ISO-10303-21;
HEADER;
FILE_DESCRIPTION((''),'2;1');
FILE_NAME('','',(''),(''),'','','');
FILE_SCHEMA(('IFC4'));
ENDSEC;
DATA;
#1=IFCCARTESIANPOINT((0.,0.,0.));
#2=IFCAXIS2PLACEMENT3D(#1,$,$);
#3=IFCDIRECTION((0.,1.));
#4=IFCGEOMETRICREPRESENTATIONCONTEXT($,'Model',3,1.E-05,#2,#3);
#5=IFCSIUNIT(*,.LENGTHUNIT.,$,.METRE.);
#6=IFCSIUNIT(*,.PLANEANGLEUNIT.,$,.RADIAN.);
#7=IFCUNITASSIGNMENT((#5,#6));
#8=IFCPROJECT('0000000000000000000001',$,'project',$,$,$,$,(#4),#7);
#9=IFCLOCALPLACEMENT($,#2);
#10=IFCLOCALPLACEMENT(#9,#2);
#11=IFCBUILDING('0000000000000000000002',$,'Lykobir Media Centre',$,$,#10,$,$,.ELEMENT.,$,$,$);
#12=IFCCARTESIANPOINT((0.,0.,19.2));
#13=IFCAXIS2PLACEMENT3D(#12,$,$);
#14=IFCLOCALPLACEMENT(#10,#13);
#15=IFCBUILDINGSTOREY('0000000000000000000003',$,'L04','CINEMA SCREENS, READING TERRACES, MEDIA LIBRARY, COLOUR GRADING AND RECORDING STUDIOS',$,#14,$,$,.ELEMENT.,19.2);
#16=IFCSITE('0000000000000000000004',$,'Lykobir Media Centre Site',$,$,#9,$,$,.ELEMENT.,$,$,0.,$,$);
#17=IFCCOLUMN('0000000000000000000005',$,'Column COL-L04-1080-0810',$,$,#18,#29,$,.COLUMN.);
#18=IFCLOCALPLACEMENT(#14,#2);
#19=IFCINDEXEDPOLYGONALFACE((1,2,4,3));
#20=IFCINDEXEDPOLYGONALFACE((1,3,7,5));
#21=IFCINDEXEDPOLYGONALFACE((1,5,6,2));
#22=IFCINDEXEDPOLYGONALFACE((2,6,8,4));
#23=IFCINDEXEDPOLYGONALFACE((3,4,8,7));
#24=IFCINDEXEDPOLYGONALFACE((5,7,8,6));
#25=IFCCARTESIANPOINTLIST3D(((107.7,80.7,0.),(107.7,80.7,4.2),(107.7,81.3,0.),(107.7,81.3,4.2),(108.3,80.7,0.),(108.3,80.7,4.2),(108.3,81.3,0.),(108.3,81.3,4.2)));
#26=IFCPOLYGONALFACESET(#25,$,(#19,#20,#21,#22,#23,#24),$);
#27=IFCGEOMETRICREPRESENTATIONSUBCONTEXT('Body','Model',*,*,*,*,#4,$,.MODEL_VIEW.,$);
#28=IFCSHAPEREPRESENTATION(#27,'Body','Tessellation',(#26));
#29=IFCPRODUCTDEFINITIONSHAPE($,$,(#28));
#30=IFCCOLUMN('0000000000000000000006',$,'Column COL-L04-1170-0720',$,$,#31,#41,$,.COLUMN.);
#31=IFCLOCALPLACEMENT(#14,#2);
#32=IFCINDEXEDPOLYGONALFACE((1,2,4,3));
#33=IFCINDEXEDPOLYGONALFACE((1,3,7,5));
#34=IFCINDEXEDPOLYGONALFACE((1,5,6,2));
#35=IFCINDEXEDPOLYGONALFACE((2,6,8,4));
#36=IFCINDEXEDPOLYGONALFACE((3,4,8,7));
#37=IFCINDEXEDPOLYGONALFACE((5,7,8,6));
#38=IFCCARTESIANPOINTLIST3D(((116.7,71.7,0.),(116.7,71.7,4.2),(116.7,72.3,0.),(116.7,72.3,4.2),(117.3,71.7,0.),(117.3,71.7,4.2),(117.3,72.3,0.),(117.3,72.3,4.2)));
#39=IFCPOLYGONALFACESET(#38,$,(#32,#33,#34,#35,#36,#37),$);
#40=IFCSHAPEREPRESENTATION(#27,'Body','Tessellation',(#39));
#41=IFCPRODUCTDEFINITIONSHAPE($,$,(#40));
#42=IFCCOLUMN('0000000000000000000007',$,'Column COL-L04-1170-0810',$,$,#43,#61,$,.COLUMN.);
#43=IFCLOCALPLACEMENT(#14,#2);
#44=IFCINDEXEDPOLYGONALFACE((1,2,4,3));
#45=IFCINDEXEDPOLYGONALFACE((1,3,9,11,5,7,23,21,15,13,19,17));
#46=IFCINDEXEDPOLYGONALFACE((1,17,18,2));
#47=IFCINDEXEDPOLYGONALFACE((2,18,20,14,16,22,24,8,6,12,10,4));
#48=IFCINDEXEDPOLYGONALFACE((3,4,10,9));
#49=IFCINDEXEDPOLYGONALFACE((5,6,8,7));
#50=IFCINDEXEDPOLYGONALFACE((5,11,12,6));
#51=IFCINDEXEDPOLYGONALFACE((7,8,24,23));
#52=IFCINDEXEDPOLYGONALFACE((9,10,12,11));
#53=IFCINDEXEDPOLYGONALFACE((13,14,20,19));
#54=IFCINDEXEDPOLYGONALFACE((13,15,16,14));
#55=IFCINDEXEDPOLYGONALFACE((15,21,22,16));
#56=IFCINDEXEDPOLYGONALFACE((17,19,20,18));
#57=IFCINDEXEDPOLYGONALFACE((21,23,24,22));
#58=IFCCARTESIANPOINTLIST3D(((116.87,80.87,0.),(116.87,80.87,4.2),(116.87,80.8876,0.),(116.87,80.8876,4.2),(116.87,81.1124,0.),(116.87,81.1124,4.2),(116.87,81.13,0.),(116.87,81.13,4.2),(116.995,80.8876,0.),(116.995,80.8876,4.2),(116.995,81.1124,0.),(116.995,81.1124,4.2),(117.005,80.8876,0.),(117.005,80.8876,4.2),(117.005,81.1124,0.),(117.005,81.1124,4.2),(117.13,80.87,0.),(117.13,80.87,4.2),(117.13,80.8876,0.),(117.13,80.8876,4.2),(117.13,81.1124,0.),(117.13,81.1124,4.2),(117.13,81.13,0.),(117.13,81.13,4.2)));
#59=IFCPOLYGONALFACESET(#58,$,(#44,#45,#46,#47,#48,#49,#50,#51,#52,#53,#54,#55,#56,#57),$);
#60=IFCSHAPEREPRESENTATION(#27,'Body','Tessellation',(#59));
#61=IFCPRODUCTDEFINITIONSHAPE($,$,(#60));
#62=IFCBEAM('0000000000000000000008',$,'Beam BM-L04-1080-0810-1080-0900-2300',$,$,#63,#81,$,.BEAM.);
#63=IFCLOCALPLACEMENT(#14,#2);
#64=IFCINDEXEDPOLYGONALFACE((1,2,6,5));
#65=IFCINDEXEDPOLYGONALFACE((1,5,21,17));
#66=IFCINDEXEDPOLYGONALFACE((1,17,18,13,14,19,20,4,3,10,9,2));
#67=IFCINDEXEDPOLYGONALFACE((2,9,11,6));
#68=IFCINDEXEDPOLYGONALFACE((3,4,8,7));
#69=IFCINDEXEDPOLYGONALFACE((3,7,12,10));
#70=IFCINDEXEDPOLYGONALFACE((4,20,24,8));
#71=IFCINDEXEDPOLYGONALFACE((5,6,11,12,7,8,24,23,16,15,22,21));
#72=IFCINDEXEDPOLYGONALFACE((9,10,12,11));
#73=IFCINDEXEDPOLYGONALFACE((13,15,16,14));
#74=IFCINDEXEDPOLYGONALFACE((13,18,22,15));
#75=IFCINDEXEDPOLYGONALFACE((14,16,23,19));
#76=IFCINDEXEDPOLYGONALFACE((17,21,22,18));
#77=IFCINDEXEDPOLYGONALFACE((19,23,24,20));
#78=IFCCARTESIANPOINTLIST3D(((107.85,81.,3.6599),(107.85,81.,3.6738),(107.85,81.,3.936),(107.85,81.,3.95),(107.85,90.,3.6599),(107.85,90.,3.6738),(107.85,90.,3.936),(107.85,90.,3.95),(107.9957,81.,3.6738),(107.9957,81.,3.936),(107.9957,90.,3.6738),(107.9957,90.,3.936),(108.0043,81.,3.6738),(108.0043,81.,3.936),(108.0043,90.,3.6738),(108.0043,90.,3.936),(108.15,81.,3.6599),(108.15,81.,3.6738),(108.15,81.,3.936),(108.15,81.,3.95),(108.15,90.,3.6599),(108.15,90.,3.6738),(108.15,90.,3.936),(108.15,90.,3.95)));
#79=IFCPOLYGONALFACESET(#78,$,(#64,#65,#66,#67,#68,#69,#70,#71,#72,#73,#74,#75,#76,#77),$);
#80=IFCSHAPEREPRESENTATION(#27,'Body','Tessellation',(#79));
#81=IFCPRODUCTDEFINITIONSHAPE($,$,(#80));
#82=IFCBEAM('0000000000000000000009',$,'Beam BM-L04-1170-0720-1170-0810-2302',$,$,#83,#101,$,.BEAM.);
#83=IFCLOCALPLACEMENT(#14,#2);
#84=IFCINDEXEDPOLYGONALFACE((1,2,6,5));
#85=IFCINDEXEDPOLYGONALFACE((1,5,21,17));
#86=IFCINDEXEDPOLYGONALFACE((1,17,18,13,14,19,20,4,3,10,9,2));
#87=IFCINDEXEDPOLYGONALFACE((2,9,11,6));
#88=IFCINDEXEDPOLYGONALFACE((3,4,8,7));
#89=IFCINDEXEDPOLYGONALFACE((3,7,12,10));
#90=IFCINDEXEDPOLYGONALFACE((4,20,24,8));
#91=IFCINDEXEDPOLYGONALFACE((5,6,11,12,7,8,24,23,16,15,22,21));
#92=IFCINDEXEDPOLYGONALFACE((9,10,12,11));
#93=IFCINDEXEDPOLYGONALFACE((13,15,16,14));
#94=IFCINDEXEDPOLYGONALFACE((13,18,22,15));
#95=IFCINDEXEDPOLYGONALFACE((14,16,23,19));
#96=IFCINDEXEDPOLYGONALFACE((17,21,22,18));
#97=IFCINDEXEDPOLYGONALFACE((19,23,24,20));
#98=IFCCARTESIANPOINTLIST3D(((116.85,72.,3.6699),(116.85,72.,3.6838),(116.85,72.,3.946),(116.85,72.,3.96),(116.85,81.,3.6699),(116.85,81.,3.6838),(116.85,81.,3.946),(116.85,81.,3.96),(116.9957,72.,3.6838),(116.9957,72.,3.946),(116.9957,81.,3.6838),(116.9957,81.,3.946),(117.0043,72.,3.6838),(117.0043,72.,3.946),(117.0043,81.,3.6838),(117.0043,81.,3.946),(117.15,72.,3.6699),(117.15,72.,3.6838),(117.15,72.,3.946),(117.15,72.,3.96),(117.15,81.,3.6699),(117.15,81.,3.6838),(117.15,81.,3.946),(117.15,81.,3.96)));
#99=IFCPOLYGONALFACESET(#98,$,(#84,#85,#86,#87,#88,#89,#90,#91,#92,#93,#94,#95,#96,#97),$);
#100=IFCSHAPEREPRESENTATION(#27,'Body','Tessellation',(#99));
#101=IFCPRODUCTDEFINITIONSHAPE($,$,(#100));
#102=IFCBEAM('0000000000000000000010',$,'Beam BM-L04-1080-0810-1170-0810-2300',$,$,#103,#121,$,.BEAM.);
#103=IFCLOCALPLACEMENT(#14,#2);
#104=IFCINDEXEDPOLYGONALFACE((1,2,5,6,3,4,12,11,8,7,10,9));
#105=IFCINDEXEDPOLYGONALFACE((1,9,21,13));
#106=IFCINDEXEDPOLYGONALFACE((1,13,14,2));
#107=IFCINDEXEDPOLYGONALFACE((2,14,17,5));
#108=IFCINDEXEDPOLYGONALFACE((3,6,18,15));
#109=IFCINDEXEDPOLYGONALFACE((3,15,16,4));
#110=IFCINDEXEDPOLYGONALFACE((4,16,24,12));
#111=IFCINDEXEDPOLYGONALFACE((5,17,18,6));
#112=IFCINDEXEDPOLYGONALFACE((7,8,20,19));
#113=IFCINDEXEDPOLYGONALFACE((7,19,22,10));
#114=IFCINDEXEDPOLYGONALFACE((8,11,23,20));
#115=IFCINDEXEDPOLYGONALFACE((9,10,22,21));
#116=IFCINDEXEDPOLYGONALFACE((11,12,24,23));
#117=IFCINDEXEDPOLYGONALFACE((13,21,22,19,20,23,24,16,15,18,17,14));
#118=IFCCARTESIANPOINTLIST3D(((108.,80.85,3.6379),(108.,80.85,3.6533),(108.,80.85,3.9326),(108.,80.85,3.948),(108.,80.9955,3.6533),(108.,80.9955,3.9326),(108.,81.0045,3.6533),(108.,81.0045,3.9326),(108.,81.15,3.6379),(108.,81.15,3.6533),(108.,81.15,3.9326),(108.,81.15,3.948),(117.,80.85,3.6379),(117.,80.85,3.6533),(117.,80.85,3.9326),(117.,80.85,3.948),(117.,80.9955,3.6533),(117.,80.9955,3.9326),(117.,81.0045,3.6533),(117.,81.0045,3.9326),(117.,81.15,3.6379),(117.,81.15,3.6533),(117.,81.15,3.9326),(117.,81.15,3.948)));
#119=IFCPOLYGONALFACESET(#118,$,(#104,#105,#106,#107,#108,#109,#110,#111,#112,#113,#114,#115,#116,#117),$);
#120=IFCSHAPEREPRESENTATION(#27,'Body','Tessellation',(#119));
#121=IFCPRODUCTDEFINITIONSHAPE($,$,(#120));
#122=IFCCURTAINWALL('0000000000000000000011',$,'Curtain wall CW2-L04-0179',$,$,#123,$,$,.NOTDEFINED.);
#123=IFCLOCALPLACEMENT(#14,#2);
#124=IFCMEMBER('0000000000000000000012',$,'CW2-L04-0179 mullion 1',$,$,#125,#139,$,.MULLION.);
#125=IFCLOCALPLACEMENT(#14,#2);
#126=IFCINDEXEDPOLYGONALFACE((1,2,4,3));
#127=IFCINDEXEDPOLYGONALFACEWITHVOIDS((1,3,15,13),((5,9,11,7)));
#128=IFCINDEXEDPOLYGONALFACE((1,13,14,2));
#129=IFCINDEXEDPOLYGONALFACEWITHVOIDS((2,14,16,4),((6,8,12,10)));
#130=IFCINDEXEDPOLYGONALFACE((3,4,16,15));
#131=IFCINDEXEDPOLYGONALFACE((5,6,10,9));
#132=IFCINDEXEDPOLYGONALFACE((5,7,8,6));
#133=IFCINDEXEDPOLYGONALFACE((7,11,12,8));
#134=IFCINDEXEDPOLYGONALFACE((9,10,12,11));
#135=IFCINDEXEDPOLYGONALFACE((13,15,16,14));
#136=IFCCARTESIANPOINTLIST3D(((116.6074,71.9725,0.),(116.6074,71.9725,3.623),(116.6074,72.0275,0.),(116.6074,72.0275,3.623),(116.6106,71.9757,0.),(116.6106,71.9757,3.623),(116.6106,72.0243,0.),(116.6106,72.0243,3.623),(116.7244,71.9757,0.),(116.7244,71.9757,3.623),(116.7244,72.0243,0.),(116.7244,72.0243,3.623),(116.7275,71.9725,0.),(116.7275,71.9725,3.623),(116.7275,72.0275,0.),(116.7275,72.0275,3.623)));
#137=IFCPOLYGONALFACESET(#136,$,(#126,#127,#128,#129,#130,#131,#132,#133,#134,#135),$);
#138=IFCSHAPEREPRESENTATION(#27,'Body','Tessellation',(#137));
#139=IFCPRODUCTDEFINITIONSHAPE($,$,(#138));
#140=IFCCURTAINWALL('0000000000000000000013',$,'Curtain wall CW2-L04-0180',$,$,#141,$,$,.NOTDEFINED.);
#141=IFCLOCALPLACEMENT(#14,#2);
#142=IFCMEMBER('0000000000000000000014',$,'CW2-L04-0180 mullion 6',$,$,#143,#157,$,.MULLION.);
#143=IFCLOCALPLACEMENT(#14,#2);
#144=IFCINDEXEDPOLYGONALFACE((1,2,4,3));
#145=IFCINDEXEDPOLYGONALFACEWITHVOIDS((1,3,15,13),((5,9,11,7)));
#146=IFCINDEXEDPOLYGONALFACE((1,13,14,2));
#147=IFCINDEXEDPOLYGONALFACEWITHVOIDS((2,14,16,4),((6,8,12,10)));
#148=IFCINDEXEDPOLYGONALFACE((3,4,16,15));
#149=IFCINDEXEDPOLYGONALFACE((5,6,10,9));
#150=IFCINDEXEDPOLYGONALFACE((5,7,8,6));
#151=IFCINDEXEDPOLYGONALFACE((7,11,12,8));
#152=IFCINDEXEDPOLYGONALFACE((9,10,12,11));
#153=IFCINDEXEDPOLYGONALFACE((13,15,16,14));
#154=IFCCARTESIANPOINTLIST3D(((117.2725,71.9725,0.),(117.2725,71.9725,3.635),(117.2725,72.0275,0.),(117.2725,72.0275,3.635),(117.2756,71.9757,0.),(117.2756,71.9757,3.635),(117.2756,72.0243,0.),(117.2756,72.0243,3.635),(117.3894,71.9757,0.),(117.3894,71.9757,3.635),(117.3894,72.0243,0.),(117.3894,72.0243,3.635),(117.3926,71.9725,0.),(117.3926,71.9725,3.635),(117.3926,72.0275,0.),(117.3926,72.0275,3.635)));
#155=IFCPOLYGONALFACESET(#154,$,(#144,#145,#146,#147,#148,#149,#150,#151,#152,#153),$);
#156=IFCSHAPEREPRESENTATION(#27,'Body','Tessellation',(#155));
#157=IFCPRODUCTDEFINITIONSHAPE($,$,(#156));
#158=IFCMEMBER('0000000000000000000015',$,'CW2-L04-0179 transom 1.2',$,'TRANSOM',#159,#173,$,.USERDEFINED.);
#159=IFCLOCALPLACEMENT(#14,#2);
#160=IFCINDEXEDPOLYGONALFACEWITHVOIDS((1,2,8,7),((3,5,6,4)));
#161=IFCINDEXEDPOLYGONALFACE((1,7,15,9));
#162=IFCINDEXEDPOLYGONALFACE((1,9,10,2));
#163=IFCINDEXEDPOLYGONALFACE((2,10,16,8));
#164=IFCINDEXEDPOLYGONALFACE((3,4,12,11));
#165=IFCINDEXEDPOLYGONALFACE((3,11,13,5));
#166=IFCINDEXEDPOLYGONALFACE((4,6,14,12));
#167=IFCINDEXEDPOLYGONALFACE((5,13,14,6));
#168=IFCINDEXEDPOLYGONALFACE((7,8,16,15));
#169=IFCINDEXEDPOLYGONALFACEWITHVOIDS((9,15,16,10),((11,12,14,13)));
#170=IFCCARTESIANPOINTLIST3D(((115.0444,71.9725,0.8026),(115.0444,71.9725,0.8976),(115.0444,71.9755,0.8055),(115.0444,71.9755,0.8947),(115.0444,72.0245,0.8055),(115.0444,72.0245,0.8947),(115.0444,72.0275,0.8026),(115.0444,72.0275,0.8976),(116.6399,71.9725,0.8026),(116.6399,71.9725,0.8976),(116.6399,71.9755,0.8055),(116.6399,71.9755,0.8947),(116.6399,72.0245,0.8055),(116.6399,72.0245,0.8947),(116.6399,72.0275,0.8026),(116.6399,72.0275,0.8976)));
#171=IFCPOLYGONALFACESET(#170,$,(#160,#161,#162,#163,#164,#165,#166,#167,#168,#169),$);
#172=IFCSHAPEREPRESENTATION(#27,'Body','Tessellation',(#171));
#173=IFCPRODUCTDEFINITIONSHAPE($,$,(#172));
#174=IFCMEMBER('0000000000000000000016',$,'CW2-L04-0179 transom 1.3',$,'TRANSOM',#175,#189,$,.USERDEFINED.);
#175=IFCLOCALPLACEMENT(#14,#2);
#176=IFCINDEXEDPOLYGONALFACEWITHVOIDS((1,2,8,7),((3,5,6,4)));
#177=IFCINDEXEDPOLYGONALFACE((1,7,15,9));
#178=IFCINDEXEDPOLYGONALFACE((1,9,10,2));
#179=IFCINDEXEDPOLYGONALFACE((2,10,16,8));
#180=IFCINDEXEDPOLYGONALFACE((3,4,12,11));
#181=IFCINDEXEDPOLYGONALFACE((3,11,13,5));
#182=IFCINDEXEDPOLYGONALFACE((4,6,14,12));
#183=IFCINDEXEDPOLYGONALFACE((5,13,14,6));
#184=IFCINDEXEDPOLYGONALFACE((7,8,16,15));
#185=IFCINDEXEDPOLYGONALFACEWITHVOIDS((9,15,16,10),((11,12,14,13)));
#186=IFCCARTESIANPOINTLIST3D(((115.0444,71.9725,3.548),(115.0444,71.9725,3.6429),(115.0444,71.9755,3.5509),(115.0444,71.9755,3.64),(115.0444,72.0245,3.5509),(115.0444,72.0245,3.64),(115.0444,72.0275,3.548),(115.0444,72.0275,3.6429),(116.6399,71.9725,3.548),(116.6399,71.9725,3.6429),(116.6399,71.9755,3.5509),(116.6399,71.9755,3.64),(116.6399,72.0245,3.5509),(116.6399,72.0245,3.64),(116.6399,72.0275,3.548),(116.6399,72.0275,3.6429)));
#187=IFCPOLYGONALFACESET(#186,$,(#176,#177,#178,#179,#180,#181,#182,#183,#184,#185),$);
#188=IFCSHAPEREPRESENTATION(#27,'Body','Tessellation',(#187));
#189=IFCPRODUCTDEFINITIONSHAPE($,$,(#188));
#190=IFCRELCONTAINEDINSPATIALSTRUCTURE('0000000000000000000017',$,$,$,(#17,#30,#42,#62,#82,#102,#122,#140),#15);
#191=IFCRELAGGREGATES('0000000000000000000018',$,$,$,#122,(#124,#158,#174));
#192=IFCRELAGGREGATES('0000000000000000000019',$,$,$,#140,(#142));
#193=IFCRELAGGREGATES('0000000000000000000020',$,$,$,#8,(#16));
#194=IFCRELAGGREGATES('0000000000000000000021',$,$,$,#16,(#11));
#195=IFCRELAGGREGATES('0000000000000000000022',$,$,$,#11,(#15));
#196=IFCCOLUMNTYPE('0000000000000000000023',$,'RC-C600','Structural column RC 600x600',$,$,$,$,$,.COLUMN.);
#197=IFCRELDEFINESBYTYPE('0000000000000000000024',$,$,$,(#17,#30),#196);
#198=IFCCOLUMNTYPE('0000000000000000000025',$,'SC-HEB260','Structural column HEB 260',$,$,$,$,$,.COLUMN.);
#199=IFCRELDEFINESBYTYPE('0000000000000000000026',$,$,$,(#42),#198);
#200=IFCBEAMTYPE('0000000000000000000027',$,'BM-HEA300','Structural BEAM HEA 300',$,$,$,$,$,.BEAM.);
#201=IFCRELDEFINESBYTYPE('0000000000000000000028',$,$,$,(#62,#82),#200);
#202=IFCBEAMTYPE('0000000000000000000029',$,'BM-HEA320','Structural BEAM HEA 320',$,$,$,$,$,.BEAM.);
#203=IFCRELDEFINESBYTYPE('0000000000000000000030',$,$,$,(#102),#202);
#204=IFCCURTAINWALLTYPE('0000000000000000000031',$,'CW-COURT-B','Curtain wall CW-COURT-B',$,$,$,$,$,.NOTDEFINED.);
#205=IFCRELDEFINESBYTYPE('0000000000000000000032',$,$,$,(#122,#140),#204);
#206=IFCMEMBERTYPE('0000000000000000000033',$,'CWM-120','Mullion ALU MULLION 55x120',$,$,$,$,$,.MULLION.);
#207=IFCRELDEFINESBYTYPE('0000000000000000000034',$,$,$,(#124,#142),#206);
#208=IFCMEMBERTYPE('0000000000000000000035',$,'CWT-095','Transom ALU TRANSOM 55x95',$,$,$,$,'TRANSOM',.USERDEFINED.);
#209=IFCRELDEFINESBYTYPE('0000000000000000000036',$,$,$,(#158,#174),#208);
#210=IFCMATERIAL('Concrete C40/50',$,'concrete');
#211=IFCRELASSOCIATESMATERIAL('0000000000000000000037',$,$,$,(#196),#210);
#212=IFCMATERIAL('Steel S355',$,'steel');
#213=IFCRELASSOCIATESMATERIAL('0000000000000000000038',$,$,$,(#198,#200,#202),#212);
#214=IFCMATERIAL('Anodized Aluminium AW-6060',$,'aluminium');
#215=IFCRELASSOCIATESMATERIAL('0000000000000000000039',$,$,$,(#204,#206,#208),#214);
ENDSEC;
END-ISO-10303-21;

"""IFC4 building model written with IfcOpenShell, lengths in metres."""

from ifc_helpers import new_model, si_unit, direction, frame, origin, origin_2d, place, context, subcontext, project, spatial, rectangle, hollow_rectangle, i_section, extrude, material, material_profile, profile_set, type_object, element, aggregate, save


model = new_model("IFC4")

# Units and contexts
model_context = context("Model", 3, precision=1e-05, world=origin(), true_north=direction((0.0, 1.0)))
body_context = subcontext(model_context, "Body", "Model", "MODEL_VIEW")
ifc_project = project(units=[si_unit("LENGTHUNIT", "METRE"), si_unit("PLANEANGLEUNIT", "RADIAN")], contexts=[model_context])

# Site, building, storey
site_placement = place(None, origin())
site = spatial("IfcSite", under=ifc_project, at=site_placement, Name="Lykobir Media Centre Site", CompositionType="ELEMENT", RefElevation=0.0)
building_placement = place(site_placement, origin())
building = spatial("IfcBuilding", under=site, at=building_placement, Name="Lykobir Media Centre", CompositionType="ELEMENT")
storey_placement = place(building_placement, frame((0.0, 0.0, 19.2)))
storey = spatial("IfcBuildingStorey", under=building, at=storey_placement, Name="L04", Description="CINEMA SCREENS, READING TERRACES, MEDIA LIBRARY, COLOUR GRADING AND RECORDING STUDIOS", CompositionType="ELEMENT", Elevation=19.2)

# Columns
ifc_material_1 = material(Name="Concrete C40/50", Category="concrete")
ifc_material_profile_1 = material_profile(ifc_material_1, rectangle(XDim=0.6001, YDim=0.6001, at=origin_2d()), Name="RC 600x600")
ifc_profile_set_1 = profile_set([ifc_material_profile_1], Name="Concrete C40/50")
column_type_1 = type_object("IfcColumnType", Name="RC-C600", Description="Structural column RC 600x600", PredefinedType="COLUMN", material=ifc_profile_set_1)
for number, where, z_axis, x_axis, name in (
    (1, (108.0, 81.0, 0.0), (0.0, 0.0, 1.0), (1.0, 0.0, 0.0), "Column COL-L04-1080-0810"),
    (2, (117.0, 72.0, 0.0), (0.0, 0.0, 1.0), (1.0, 0.0, 0.0), "Column COL-L04-1170-0720"),
):
    element("IfcColumn", number, at=place(storey_placement, frame(where, z_axis=z_axis, x_axis=x_axis)), inside=storey, type_object=column_type_1, Name=name, PredefinedType="COLUMN", context=body_context, shape_type="SweptSolid", body=[
        extrude(rectangle(XDim=0.6001, YDim=0.6001, at=origin_2d()), origin(), (0.0, 0.0, 1.0), 4.2),
    ])
ifc_material_2 = material(Name="Steel S355", Category="steel")
ifc_material_profile_2 = material_profile(ifc_material_2, i_section(OverallWidth=0.26, OverallDepth=0.26, WebThickness=0.01, FlangeThickness=0.0176, at=origin_2d()), Name="HEB 260")
ifc_profile_set_2 = profile_set([ifc_material_profile_2], Name="Steel S355")
column_type_2 = type_object("IfcColumnType", Name="SC-HEB260", Description="Structural column HEB 260", PredefinedType="COLUMN", material=ifc_profile_set_2)
column_placement = place(storey_placement, frame((117.0, 81.0, 0.0), z_axis=(0.0, 0.0, 1.0), x_axis=(1.0, 0.0, 0.0)))
element("IfcColumn", 3, at=column_placement, inside=storey, type_object=column_type_2, Name="Column COL-L04-1170-0810", PredefinedType="COLUMN", context=body_context, shape_type="SweptSolid", body=[
    extrude(i_section(OverallWidth=0.26, OverallDepth=0.26, WebThickness=0.01, FlangeThickness=0.0176, at=origin_2d()), origin(), (0.0, 0.0, 1.0), 4.2),
])

# Beams
ifc_material_profile_3 = material_profile(ifc_material_2, i_section(OverallWidth=0.3, OverallDepth=0.29, WebThickness=0.0085, FlangeThickness=0.0139, at=origin_2d()), Name="HEA 300")
ifc_profile_set_3 = profile_set([ifc_material_profile_3], Name="Steel S355")
beam_type_1 = type_object("IfcBeamType", Name="BM-HEA300", Description="Structural BEAM HEA 300", PredefinedType="BEAM", material=ifc_profile_set_3)
for number, where, z_axis, x_axis, name in (
    (4, (108.0, 81.0, 3.8049), (0.0, 1.0, 0.0), (-1.0, 0.0, 0.0), "Beam BM-L04-1080-0810-1080-0900-2300"),
    (5, (117.0, 72.0, 3.8149), (0.0, 1.0, 0.0), (-1.0, 0.0, 0.0), "Beam BM-L04-1170-0720-1170-0810-2302"),
):
    element("IfcBeam", number, at=place(storey_placement, frame(where, z_axis=z_axis, x_axis=x_axis)), inside=storey, type_object=beam_type_1, Name=name, PredefinedType="BEAM", context=body_context, shape_type="SweptSolid", body=[
        extrude(i_section(OverallWidth=0.3, OverallDepth=0.29, WebThickness=0.0085, FlangeThickness=0.0139, at=origin_2d()), origin(), (0.0, 0.0, 1.0), 9.0),
    ])
ifc_material_profile_4 = material_profile(ifc_material_2, i_section(OverallWidth=0.3, OverallDepth=0.3101, WebThickness=0.009, FlangeThickness=0.0154, at=origin_2d()), Name="HEA 320")
ifc_profile_set_4 = profile_set([ifc_material_profile_4], Name="Steel S355")
beam_type_2 = type_object("IfcBeamType", Name="BM-HEA320", Description="Structural BEAM HEA 320", PredefinedType="BEAM", material=ifc_profile_set_4)
beam_1_placement = place(storey_placement, frame((108.0, 81.0, 3.793), z_axis=(1.0, 0.0, 0.0), x_axis=(0.0, 1.0, 0.0)))
element("IfcBeam", 6, at=beam_1_placement, inside=storey, type_object=beam_type_2, Name="Beam BM-L04-1080-0810-1170-0810-2300", PredefinedType="BEAM", context=body_context, shape_type="SweptSolid", body=[
    extrude(i_section(OverallWidth=0.3, OverallDepth=0.3101, WebThickness=0.009, FlangeThickness=0.0154, at=origin_2d()), origin(), (0.0, 0.0, 1.0), 9.0),
])

# Curtain walls, members
ifc_material_3 = material(Name="Anodized Aluminium AW-6060", Category="aluminium")
curtain_wall_type = type_object("IfcCurtainWallType", Name="CW-COURT-B", Description="Curtain wall CW-COURT-B", PredefinedType="NOTDEFINED", material=ifc_material_3)
curtain_wall_1_placement = place(storey_placement, origin())
curtain_wall_1 = element("IfcCurtainWall", 7, at=curtain_wall_1_placement, inside=storey, type_object=curtain_wall_type, Name="Curtain wall CW2-L04-0179", PredefinedType="NOTDEFINED")
ifc_material_profile_5 = material_profile(ifc_material_3, hollow_rectangle(XDim=0.0549, YDim=0.1201, WallThickness=0.0032, at=origin_2d()), Name="ALU MULLION 55x120")
ifc_profile_set_5 = profile_set([ifc_material_profile_5], Name="Anodized Aluminium AW-6060")
member_type_1 = type_object("IfcMemberType", Name="CWM-120", Description="Mullion ALU MULLION 55x120", PredefinedType="MULLION", material=ifc_profile_set_5)
member_1_placement = place(storey_placement, frame((116.6675, 72.0, 0.0), z_axis=(0.0, 0.0, 1.0), x_axis=(0.0, -1.0, 0.0)))
member_1 = element("IfcMember", 8, at=member_1_placement, type_object=member_type_1, Name="CW2-L04-0179 mullion 1", PredefinedType="MULLION", context=body_context, shape_type="SweptSolid", body=[
    extrude(hollow_rectangle(XDim=0.0549, YDim=0.1201, WallThickness=0.0032, at=origin_2d()), origin(), (0.0, 0.0, 1.0), 3.623),
])
curtain_wall_2_placement = place(storey_placement, origin())
curtain_wall_2 = element("IfcCurtainWall", 9, at=curtain_wall_2_placement, inside=storey, type_object=curtain_wall_type, Name="Curtain wall CW2-L04-0180", PredefinedType="NOTDEFINED")
member_2_placement = place(storey_placement, frame((117.3325, 72.0, 0.0), z_axis=(0.0, 0.0, 1.0), x_axis=(0.0, -1.0, 0.0)))
member_2 = element("IfcMember", 10, at=member_2_placement, type_object=member_type_1, Name="CW2-L04-0180 mullion 6", PredefinedType="MULLION", context=body_context, shape_type="SweptSolid", body=[
    extrude(hollow_rectangle(XDim=0.0549, YDim=0.1201, WallThickness=0.0032, at=origin_2d()), origin(), (0.0, 0.0, 1.0), 3.635),
])

# Members
ifc_material_profile_6 = material_profile(ifc_material_3, hollow_rectangle(XDim=0.0549, YDim=0.095, WallThickness=0.0029, at=origin_2d()), Name="ALU TRANSOM 55x95")
ifc_profile_set_6 = profile_set([ifc_material_profile_6], Name="Anodized Aluminium AW-6060")
member_type_2 = type_object("IfcMemberType", Name="CWT-095", Description="Transom ALU TRANSOM 55x95", ElementType="TRANSOM", PredefinedType="USERDEFINED", material=ifc_profile_set_6)
member_3_placement = place(storey_placement, frame((116.6399, 72.0, 0.8501), z_axis=(-1.0, 0.0, 0.0), x_axis=(0.0, -1.0, 0.0)))
member_3 = element("IfcMember", 11, at=member_3_placement, type_object=member_type_2, Name="CW2-L04-0179 transom 1.2", ObjectType="TRANSOM", PredefinedType="USERDEFINED", context=body_context, shape_type="SweptSolid", body=[
    extrude(hollow_rectangle(XDim=0.0549, YDim=0.095, WallThickness=0.0029, at=origin_2d()), origin(), (0.0, 0.0, 1.0), 1.5955),
])
member_4_placement = place(storey_placement, frame((116.6399, 72.0, 3.5955), z_axis=(-1.0, 0.0, 0.0), x_axis=(0.0, -1.0, 0.0)))
member_4 = element("IfcMember", 12, at=member_4_placement, type_object=member_type_2, Name="CW2-L04-0179 transom 1.3", ObjectType="TRANSOM", PredefinedType="USERDEFINED", context=body_context, shape_type="SweptSolid", body=[
    extrude(hollow_rectangle(XDim=0.0549, YDim=0.095, WallThickness=0.0029, at=origin_2d()), origin(), (0.0, 0.0, 1.0), 1.5955),
])
aggregate(curtain_wall_1, [member_1, member_3, member_4])

aggregate(curtain_wall_2, [member_2])

save(model, "model.ifc")
